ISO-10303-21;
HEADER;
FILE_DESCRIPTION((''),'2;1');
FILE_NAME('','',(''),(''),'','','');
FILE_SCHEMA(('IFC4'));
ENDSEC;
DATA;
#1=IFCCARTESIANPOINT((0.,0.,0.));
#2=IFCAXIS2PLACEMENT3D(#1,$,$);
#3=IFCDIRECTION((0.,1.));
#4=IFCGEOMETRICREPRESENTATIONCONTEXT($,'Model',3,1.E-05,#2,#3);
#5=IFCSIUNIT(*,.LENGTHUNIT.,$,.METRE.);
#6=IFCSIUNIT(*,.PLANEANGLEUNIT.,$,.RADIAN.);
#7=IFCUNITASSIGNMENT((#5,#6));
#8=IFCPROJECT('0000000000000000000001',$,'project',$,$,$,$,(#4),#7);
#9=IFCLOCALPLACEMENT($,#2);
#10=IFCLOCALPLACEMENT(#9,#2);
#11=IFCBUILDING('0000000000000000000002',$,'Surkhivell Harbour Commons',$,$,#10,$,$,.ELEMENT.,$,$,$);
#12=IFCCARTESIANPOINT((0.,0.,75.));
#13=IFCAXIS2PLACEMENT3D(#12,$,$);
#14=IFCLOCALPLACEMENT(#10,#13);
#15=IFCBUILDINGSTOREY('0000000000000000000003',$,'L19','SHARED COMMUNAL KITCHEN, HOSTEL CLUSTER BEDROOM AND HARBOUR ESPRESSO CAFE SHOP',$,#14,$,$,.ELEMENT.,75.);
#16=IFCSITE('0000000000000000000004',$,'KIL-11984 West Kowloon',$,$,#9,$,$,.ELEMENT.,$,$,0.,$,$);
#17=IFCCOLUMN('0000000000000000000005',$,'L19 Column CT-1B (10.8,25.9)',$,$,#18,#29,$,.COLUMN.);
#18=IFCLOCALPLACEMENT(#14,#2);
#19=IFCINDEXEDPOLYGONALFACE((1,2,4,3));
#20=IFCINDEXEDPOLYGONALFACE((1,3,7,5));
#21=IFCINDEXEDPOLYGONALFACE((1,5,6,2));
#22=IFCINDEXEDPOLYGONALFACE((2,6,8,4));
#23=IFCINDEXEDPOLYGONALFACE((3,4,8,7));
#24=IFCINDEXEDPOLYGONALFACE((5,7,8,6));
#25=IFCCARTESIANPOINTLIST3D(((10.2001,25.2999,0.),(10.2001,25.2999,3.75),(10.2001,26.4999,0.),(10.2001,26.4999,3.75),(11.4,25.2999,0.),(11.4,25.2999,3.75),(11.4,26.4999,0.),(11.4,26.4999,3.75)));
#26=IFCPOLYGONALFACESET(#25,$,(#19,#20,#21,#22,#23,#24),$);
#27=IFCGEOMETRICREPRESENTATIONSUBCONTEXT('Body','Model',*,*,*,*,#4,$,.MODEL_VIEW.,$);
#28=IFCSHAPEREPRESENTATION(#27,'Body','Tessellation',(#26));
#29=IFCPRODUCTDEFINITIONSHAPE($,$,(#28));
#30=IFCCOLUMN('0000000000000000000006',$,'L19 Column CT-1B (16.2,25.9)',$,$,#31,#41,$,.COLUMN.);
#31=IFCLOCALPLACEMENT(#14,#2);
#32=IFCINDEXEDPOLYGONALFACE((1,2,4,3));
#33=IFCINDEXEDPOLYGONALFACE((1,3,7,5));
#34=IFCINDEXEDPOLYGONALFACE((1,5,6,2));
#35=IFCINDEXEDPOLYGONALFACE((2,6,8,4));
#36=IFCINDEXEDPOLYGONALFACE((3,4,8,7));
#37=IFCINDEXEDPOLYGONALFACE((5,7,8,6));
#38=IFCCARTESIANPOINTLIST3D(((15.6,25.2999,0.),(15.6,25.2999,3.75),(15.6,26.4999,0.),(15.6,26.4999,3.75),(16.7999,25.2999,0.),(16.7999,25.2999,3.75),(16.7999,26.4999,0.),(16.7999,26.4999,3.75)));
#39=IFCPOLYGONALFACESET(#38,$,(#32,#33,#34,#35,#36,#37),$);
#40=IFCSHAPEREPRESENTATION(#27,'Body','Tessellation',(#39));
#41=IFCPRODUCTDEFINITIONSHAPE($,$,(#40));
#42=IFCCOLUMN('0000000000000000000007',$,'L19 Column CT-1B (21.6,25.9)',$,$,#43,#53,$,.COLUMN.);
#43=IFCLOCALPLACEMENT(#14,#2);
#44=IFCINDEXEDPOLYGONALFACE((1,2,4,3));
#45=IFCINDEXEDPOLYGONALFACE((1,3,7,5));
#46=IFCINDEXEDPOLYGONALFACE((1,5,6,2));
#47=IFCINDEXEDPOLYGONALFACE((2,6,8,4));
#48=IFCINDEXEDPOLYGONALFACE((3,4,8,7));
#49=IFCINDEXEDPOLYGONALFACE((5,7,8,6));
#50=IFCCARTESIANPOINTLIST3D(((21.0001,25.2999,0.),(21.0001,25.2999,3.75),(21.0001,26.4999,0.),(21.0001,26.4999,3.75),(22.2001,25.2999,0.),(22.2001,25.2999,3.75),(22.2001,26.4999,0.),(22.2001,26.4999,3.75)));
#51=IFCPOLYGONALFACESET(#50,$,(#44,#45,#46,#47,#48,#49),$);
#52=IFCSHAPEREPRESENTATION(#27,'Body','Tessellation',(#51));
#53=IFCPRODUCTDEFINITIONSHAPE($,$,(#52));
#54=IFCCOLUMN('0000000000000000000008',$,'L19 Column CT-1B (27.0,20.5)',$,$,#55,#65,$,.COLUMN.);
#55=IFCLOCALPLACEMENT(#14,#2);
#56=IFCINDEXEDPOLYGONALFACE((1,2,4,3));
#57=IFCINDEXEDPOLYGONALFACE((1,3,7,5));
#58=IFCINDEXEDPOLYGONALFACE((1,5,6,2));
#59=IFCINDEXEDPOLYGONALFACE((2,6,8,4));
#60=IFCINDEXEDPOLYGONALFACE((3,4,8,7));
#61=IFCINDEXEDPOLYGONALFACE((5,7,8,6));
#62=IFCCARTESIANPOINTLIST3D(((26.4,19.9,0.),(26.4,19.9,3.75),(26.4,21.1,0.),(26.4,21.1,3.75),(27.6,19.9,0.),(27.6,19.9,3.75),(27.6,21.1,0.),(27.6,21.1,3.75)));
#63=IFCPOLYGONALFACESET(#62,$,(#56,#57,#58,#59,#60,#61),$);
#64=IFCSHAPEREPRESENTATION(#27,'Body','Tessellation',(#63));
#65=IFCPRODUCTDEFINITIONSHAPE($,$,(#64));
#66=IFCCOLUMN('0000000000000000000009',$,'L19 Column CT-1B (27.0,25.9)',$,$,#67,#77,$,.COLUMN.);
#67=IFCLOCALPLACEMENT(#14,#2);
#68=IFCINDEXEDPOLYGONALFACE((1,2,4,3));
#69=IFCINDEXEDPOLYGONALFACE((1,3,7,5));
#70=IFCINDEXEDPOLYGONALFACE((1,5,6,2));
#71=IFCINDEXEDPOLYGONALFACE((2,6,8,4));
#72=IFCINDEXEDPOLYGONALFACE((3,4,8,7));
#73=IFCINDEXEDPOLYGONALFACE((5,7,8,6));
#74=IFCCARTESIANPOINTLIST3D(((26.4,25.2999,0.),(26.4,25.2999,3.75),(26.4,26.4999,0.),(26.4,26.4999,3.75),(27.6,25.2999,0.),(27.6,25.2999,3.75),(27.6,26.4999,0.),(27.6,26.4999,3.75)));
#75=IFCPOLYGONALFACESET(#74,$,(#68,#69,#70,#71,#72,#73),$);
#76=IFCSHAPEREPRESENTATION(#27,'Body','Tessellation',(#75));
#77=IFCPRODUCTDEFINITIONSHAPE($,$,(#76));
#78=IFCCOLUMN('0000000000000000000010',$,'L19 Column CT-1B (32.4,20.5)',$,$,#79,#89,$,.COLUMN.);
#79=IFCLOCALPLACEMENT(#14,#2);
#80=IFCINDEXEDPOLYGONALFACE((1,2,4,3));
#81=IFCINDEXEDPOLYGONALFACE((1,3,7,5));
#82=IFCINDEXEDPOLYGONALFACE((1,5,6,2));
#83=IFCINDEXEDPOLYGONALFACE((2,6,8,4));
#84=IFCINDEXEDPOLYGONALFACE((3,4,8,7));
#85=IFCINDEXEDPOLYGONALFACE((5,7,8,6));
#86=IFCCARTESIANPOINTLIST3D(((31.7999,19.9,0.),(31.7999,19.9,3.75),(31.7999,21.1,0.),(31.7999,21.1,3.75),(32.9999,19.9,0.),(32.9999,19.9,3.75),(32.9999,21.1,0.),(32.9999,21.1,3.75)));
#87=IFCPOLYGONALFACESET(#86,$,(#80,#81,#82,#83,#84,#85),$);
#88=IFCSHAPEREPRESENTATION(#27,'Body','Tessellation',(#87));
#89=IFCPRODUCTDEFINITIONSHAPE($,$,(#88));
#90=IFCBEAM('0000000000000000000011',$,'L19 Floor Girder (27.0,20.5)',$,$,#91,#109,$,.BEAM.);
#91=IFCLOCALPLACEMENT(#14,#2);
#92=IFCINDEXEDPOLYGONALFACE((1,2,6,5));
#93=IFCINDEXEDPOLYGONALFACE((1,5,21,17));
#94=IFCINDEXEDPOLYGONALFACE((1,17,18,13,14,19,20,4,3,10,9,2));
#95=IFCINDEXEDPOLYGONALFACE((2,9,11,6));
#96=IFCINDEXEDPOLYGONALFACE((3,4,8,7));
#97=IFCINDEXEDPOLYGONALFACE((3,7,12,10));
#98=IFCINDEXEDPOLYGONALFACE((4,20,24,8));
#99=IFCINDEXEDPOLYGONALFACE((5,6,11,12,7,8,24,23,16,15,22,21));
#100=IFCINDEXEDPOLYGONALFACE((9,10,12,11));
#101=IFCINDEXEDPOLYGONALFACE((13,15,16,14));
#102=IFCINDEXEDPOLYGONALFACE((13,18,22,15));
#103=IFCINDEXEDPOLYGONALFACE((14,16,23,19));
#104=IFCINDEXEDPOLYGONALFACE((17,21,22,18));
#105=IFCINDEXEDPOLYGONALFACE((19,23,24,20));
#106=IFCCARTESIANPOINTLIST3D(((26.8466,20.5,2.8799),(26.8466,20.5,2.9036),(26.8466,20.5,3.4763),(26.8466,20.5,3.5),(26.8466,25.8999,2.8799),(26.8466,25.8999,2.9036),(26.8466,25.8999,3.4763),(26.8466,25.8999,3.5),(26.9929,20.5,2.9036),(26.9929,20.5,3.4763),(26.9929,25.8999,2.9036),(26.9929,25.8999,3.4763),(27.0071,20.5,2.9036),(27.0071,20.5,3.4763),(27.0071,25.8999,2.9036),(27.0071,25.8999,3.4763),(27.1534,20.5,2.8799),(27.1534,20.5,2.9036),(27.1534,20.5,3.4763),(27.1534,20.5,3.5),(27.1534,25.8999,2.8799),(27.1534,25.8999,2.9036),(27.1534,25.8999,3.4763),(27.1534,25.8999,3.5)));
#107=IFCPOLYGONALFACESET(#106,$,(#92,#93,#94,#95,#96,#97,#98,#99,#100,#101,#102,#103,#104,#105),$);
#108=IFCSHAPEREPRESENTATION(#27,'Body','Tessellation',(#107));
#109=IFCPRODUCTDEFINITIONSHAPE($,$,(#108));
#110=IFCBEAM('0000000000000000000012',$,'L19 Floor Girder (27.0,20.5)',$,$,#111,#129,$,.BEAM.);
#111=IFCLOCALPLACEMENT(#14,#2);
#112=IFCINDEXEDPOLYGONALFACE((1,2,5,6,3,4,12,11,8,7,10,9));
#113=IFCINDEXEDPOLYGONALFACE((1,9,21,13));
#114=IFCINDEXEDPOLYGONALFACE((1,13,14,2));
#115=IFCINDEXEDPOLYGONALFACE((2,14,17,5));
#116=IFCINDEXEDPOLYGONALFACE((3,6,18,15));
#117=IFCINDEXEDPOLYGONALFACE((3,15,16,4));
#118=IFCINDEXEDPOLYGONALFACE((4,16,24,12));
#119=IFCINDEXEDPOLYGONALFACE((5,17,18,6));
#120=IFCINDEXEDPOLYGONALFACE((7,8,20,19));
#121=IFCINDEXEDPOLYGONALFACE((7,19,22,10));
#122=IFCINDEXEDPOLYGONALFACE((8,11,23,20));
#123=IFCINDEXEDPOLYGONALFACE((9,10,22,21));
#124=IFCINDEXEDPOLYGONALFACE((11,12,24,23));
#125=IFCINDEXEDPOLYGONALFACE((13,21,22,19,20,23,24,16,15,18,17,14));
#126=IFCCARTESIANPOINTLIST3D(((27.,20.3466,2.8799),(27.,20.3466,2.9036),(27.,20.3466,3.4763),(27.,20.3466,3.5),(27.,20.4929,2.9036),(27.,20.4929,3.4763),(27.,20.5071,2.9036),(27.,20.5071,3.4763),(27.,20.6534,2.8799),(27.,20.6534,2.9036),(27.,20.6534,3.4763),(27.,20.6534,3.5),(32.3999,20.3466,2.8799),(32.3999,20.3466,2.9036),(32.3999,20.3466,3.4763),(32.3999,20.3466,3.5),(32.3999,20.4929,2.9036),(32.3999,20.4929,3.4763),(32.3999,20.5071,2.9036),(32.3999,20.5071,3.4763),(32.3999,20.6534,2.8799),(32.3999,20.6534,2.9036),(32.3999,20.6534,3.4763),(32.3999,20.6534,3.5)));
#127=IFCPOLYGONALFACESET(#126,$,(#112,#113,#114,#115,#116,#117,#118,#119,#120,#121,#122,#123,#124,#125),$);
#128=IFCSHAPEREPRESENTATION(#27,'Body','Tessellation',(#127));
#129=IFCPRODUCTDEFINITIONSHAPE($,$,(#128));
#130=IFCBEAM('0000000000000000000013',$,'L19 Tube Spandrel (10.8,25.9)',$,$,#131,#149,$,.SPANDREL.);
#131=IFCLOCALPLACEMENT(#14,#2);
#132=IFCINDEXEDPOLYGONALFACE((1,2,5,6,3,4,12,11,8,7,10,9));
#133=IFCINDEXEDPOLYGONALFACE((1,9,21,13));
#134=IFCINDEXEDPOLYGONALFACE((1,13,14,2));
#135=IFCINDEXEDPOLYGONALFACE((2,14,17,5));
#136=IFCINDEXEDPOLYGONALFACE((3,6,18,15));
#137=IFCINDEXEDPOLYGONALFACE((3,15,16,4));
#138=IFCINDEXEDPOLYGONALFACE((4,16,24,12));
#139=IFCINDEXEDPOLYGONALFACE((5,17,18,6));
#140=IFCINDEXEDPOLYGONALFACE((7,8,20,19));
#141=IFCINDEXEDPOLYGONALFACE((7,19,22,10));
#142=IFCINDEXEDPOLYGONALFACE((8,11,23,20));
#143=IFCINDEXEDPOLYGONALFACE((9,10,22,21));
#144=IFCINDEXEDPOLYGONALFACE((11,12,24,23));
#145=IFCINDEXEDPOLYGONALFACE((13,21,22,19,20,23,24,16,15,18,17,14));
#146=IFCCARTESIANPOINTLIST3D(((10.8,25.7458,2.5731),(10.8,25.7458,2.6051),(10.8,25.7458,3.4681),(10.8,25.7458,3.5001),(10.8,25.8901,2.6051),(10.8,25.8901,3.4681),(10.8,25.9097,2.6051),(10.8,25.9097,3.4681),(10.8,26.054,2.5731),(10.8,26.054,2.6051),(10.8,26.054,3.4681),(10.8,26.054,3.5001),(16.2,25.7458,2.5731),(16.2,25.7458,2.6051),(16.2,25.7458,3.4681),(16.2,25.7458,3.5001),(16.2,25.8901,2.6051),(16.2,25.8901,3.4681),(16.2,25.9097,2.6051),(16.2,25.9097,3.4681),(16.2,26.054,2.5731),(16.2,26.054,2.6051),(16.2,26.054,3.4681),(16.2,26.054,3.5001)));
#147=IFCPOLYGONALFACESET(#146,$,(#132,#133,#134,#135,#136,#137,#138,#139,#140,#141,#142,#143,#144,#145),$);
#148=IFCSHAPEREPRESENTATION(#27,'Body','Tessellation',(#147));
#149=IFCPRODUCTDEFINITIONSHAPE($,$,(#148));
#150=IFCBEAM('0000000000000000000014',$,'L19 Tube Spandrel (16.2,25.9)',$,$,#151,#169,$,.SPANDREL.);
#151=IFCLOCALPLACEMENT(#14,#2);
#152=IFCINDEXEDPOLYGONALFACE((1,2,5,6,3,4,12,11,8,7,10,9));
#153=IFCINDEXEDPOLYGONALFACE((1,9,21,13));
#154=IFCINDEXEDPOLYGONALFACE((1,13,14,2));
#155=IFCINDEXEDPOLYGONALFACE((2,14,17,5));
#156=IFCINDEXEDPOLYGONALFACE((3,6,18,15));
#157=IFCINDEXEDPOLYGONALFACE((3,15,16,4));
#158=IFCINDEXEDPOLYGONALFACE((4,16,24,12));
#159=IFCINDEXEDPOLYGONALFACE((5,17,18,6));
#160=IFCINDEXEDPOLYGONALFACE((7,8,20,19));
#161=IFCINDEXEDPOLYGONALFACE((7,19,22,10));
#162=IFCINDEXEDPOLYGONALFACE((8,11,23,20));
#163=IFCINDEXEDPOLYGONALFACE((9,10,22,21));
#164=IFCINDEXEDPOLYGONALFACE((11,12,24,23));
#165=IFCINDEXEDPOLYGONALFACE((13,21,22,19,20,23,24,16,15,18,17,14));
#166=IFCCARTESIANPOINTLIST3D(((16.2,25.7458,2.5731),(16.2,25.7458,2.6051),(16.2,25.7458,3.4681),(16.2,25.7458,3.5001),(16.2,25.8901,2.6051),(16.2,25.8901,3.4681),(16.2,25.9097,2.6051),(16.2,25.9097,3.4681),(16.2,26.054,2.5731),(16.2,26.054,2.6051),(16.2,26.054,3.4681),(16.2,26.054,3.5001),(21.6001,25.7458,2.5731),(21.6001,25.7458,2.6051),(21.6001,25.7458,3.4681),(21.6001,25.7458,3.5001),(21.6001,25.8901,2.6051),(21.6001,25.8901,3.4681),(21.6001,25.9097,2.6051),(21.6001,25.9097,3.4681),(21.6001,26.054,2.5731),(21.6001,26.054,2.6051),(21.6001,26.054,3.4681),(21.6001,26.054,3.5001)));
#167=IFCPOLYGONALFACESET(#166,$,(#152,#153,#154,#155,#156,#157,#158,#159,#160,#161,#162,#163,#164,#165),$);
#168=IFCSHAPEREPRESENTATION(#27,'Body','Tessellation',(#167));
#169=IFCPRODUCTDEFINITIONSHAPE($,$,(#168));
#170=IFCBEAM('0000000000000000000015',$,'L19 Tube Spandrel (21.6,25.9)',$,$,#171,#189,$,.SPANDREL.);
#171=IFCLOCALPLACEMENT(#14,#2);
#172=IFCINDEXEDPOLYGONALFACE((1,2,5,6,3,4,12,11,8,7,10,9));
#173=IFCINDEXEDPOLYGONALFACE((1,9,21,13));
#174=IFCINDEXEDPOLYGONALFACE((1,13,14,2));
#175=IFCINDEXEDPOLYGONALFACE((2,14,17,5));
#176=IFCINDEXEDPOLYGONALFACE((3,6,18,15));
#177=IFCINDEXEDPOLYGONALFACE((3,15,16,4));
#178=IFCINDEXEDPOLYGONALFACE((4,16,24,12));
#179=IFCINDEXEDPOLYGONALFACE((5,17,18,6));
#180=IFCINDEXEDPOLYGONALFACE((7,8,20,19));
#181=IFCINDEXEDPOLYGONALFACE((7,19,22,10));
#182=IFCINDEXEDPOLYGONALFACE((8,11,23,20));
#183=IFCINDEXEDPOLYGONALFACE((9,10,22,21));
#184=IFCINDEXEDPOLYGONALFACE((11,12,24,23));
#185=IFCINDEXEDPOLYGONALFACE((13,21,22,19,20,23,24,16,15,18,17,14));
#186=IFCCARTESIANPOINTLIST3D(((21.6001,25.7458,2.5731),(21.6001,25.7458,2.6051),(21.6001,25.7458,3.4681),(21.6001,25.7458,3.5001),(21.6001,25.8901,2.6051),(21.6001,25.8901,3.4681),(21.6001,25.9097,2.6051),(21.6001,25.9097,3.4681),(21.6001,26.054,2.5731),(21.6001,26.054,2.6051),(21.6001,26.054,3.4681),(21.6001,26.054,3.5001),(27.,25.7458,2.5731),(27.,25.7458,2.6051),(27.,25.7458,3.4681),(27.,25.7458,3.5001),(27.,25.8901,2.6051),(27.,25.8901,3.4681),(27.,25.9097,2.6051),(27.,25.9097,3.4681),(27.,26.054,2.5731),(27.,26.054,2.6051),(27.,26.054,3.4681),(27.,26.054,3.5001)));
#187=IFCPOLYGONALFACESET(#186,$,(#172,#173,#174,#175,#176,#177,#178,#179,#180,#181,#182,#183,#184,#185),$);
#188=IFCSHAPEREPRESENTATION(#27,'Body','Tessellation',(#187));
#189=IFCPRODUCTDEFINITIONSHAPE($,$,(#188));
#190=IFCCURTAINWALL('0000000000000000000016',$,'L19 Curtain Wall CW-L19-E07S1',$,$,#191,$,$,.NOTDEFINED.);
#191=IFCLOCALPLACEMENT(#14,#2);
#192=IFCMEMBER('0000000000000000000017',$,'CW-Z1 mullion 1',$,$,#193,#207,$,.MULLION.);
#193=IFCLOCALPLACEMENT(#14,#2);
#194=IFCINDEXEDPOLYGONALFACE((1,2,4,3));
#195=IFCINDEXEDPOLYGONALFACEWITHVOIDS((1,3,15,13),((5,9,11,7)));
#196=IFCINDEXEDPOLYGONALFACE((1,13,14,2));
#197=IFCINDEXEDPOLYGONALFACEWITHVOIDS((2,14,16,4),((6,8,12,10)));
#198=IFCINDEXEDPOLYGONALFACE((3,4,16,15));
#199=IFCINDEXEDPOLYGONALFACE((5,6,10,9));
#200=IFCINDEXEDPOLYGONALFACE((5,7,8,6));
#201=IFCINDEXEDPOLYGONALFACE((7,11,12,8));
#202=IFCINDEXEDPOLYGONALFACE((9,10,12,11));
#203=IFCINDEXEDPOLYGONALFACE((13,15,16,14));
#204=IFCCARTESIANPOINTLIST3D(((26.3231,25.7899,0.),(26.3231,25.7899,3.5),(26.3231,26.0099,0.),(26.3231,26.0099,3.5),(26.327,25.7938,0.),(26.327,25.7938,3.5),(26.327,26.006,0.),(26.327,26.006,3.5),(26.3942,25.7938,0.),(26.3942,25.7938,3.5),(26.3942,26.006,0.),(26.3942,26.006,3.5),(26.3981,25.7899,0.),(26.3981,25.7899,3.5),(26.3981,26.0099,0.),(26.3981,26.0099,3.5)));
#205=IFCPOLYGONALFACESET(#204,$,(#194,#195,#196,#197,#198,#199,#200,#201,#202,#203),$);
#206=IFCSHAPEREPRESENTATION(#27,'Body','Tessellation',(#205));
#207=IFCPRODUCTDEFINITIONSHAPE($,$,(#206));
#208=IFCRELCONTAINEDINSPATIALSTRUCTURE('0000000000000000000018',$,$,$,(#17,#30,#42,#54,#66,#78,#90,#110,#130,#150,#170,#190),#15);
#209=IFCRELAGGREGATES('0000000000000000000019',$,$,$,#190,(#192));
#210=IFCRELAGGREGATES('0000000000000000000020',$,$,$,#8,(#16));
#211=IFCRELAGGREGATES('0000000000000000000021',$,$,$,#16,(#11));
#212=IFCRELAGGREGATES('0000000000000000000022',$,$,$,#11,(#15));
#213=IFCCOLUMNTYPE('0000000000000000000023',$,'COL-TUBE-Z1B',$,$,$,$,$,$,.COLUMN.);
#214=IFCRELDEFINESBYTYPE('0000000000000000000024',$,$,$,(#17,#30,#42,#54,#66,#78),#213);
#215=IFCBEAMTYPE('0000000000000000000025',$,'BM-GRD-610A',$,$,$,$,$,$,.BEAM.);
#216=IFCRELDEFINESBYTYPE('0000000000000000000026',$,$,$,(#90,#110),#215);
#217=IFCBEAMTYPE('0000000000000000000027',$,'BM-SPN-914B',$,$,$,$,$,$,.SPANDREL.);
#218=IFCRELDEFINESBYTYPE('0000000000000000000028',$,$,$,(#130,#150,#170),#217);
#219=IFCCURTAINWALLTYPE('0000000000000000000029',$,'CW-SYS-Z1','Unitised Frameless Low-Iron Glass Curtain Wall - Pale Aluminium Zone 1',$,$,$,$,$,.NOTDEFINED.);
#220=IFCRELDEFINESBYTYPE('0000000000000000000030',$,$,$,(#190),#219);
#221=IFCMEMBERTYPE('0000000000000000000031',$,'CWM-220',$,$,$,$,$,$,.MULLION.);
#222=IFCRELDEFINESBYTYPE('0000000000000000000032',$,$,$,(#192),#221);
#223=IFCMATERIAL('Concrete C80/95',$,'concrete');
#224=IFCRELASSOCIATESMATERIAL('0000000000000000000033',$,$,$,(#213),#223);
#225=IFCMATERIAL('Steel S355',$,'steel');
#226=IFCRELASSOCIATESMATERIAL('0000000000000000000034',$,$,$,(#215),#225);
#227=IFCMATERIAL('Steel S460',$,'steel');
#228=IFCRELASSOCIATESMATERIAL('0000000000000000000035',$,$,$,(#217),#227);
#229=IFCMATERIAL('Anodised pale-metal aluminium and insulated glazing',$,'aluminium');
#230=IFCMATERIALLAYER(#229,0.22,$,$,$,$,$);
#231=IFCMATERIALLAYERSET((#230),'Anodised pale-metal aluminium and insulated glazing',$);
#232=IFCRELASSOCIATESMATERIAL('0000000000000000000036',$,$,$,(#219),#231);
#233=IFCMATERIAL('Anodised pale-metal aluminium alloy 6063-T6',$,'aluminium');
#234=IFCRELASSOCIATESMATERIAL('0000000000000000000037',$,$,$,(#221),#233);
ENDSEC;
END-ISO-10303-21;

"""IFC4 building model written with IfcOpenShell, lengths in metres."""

from ifc_helpers import new_model, si_unit, direction, frame, origin, origin_2d, place, context, subcontext, project, spatial, rectangle, hollow_rectangle, i_section, extrude, material, layer, layer_set, material_profile, profile_set, type_object, element, aggregate, save


model = new_model("IFC4")

# Units and contexts
model_context = context("Model", 3, precision=1e-05, world=origin(), true_north=direction((0.0, 1.0)))
body_context = subcontext(model_context, "Body", "Model", "MODEL_VIEW")
ifc_project = project(units=[si_unit("LENGTHUNIT", "METRE"), si_unit("PLANEANGLEUNIT", "RADIAN")], contexts=[model_context])

# Site, building, storey
site_placement = place(None, origin())
site = spatial("IfcSite", under=ifc_project, at=site_placement, Name="KIL-11984 West Kowloon", CompositionType="ELEMENT", RefElevation=0.0)
building_placement = place(site_placement, origin())
building = spatial("IfcBuilding", under=site, at=building_placement, Name="Surkhivell Harbour Commons", CompositionType="ELEMENT")
storey_placement = place(building_placement, frame((0.0, 0.0, 75.0)))
storey = spatial("IfcBuildingStorey", under=building, at=storey_placement, Name="L19", Description="SHARED COMMUNAL KITCHEN, HOSTEL CLUSTER BEDROOM AND HARBOUR ESPRESSO CAFE SHOP", CompositionType="ELEMENT", Elevation=75.0)

# Columns
ifc_material_1 = material(Name="Concrete C80/95", Category="concrete")
ifc_material_profile_1 = material_profile(ifc_material_1, rectangle(XDim=1.2, YDim=1.2, at=origin_2d()), Name="RC-COL-1200x1200")
ifc_profile_set_1 = profile_set([ifc_material_profile_1], Name="Concrete C80/95")
column_type = type_object("IfcColumnType", Name="COL-TUBE-Z1B", PredefinedType="COLUMN", material=ifc_profile_set_1)
for number, where, z_axis, x_axis, name in (
    (1, (10.8, 25.8999, 0.0), (0.0, 0.0, 1.0), (1.0, 0.0, 0.0), "L19 Column CT-1B (10.8,25.9)"),
    (2, (16.2, 25.8999, 0.0), (0.0, 0.0, 1.0), (1.0, 0.0, 0.0), "L19 Column CT-1B (16.2,25.9)"),
    (3, (21.6001, 25.8999, 0.0), (0.0, 0.0, 1.0), (1.0, 0.0, 0.0), "L19 Column CT-1B (21.6,25.9)"),
    (4, (27.0, 20.5, 0.0), (0.0, 0.0, 1.0), (1.0, 0.0, 0.0), "L19 Column CT-1B (27.0,20.5)"),
    (5, (27.0, 25.8999, 0.0), (0.0, 0.0, 1.0), (1.0, 0.0, 0.0), "L19 Column CT-1B (27.0,25.9)"),
    (6, (32.3999, 20.5, 0.0), (0.0, 0.0, 1.0), (1.0, 0.0, 0.0), "L19 Column CT-1B (32.4,20.5)"),
):
    element("IfcColumn", number, at=place(storey_placement, frame(where, z_axis=z_axis, x_axis=x_axis)), inside=storey, type_object=column_type, Name=name, PredefinedType="COLUMN", context=body_context, shape_type="SweptSolid", body=[
        extrude(rectangle(XDim=1.2, YDim=1.2, at=origin_2d()), origin(), (0.0, 0.0, 1.0), 3.75),
    ])

# Beams
ifc_material_2 = material(Name="Steel S355", Category="steel")
ifc_material_profile_2 = material_profile(ifc_material_2, i_section(OverallWidth=0.3069, OverallDepth=0.6201, WebThickness=0.0142, FlangeThickness=0.0237, at=origin_2d()), Name="UB610x305x179")
ifc_profile_set_2 = profile_set([ifc_material_profile_2], Name="Steel S355")
beam_type_1 = type_object("IfcBeamType", Name="BM-GRD-610A", PredefinedType="BEAM", material=ifc_profile_set_2)
for number, where, z_axis, x_axis, name in (
    (7, (27.0, 20.5, 3.1899), (0.0, 1.0, 0.0), (-1.0, 0.0, 0.0), "L19 Floor Girder (27.0,20.5)"),
    (8, (27.0, 20.5, 3.1899), (1.0, 0.0, 0.0), (0.0, 1.0, 0.0), "L19 Floor Girder (27.0,20.5)"),
):
    element("IfcBeam", number, at=place(storey_placement, frame(where, z_axis=z_axis, x_axis=x_axis)), inside=storey, type_object=beam_type_1, Name=name, PredefinedType="BEAM", context=body_context, shape_type="SweptSolid", body=[
        extrude(i_section(OverallWidth=0.3069, OverallDepth=0.6201, WebThickness=0.0142, FlangeThickness=0.0237, at=origin_2d()), origin(), (0.0, 0.0, 1.0), 5.3999),
    ])
ifc_material_3 = material(Name="Steel S460", Category="steel")
ifc_material_profile_3 = material_profile(ifc_material_3, i_section(OverallWidth=0.3081, OverallDepth=0.927, WebThickness=0.0195, FlangeThickness=0.032, at=origin_2d()), Name="UB914x305x289")
ifc_profile_set_3 = profile_set([ifc_material_profile_3], Name="Steel S460")
beam_type_2 = type_object("IfcBeamType", Name="BM-SPN-914B", PredefinedType="SPANDREL", material=ifc_profile_set_3)
beam_1_placement = place(storey_placement, frame((10.8, 25.8999, 3.0366), z_axis=(1.0, 0.0, 0.0), x_axis=(0.0, 1.0, 0.0)))
element("IfcBeam", 9, at=beam_1_placement, inside=storey, type_object=beam_type_2, Name="L19 Tube Spandrel (10.8,25.9)", PredefinedType="SPANDREL", context=body_context, shape_type="SweptSolid", body=[
    extrude(i_section(OverallWidth=0.3081, OverallDepth=0.927, WebThickness=0.0195, FlangeThickness=0.032, at=origin_2d()), origin(), (0.0, 0.0, 1.0), 5.3999),
])
beam_2_placement = place(storey_placement, frame((16.2, 25.8999, 3.0366), z_axis=(1.0, 0.0, 0.0), x_axis=(0.0, 1.0, 0.0)))
element("IfcBeam", 10, at=beam_2_placement, inside=storey, type_object=beam_type_2, Name="L19 Tube Spandrel (16.2,25.9)", PredefinedType="SPANDREL", context=body_context, shape_type="SweptSolid", body=[
    extrude(i_section(OverallWidth=0.3081, OverallDepth=0.927, WebThickness=0.0195, FlangeThickness=0.032, at=origin_2d()), origin(), (0.0, 0.0, 1.0), 5.4001),
])
beam_3_placement = place(storey_placement, frame((21.6001, 25.8999, 3.0366), z_axis=(1.0, 0.0, 0.0), x_axis=(0.0, 1.0, 0.0)))
element("IfcBeam", 11, at=beam_3_placement, inside=storey, type_object=beam_type_2, Name="L19 Tube Spandrel (21.6,25.9)", PredefinedType="SPANDREL", context=body_context, shape_type="SweptSolid", body=[
    extrude(i_section(OverallWidth=0.3081, OverallDepth=0.927, WebThickness=0.0195, FlangeThickness=0.032, at=origin_2d()), origin(), (0.0, 0.0, 1.0), 5.3999),
])

# Curtain wall, member
ifc_material_4 = material(Name="Anodised pale-metal aluminium and insulated glazing", Category="aluminium")
ifc_layer_1 = layer(ifc_material_4, 0.22)
ifc_layer_set_1 = layer_set([ifc_layer_1], Name="Anodised pale-metal aluminium and insulated glazing")
curtain_wall_type = type_object("IfcCurtainWallType", Name="CW-SYS-Z1", Description="Unitised Frameless Low-Iron Glass Curtain Wall - Pale Aluminium Zone 1", PredefinedType="NOTDEFINED", material=ifc_layer_set_1)
curtain_wall_placement = place(storey_placement, origin())
curtain_wall = element("IfcCurtainWall", 12, at=curtain_wall_placement, inside=storey, type_object=curtain_wall_type, Name="L19 Curtain Wall CW-L19-E07S1", PredefinedType="NOTDEFINED")
ifc_material_5 = material(Name="Anodised pale-metal aluminium alloy 6063-T6", Category="aluminium")
ifc_material_profile_4 = material_profile(ifc_material_5, hollow_rectangle(XDim=0.075, YDim=0.22, WallThickness=0.0039, at=origin_2d()), Name="ALU-MULL-75x220")
ifc_profile_set_4 = profile_set([ifc_material_profile_4], Name="Anodised pale-metal aluminium alloy 6063-T6")
member_type_1 = type_object("IfcMemberType", Name="CWM-220", PredefinedType="MULLION", material=ifc_profile_set_4)
member_1_placement = place(storey_placement, frame((26.3606, 25.8999, 0.0), z_axis=(0.0, 0.0, 1.0), x_axis=(-1.0, 0.0, 0.0)))
member_1 = element("IfcMember", 13, at=member_1_placement, type_object=member_type_1, Name="CW-Z1 mullion 1", PredefinedType="MULLION", context=body_context, shape_type="SweptSolid", body=[
    extrude(hollow_rectangle(XDim=0.075, YDim=0.22, WallThickness=0.0039, at=origin_2d()), origin(), (0.0, 0.0, 1.0), 3.5),
])
aggregate(curtain_wall, [member_1])

save(model, "model.ifc")
